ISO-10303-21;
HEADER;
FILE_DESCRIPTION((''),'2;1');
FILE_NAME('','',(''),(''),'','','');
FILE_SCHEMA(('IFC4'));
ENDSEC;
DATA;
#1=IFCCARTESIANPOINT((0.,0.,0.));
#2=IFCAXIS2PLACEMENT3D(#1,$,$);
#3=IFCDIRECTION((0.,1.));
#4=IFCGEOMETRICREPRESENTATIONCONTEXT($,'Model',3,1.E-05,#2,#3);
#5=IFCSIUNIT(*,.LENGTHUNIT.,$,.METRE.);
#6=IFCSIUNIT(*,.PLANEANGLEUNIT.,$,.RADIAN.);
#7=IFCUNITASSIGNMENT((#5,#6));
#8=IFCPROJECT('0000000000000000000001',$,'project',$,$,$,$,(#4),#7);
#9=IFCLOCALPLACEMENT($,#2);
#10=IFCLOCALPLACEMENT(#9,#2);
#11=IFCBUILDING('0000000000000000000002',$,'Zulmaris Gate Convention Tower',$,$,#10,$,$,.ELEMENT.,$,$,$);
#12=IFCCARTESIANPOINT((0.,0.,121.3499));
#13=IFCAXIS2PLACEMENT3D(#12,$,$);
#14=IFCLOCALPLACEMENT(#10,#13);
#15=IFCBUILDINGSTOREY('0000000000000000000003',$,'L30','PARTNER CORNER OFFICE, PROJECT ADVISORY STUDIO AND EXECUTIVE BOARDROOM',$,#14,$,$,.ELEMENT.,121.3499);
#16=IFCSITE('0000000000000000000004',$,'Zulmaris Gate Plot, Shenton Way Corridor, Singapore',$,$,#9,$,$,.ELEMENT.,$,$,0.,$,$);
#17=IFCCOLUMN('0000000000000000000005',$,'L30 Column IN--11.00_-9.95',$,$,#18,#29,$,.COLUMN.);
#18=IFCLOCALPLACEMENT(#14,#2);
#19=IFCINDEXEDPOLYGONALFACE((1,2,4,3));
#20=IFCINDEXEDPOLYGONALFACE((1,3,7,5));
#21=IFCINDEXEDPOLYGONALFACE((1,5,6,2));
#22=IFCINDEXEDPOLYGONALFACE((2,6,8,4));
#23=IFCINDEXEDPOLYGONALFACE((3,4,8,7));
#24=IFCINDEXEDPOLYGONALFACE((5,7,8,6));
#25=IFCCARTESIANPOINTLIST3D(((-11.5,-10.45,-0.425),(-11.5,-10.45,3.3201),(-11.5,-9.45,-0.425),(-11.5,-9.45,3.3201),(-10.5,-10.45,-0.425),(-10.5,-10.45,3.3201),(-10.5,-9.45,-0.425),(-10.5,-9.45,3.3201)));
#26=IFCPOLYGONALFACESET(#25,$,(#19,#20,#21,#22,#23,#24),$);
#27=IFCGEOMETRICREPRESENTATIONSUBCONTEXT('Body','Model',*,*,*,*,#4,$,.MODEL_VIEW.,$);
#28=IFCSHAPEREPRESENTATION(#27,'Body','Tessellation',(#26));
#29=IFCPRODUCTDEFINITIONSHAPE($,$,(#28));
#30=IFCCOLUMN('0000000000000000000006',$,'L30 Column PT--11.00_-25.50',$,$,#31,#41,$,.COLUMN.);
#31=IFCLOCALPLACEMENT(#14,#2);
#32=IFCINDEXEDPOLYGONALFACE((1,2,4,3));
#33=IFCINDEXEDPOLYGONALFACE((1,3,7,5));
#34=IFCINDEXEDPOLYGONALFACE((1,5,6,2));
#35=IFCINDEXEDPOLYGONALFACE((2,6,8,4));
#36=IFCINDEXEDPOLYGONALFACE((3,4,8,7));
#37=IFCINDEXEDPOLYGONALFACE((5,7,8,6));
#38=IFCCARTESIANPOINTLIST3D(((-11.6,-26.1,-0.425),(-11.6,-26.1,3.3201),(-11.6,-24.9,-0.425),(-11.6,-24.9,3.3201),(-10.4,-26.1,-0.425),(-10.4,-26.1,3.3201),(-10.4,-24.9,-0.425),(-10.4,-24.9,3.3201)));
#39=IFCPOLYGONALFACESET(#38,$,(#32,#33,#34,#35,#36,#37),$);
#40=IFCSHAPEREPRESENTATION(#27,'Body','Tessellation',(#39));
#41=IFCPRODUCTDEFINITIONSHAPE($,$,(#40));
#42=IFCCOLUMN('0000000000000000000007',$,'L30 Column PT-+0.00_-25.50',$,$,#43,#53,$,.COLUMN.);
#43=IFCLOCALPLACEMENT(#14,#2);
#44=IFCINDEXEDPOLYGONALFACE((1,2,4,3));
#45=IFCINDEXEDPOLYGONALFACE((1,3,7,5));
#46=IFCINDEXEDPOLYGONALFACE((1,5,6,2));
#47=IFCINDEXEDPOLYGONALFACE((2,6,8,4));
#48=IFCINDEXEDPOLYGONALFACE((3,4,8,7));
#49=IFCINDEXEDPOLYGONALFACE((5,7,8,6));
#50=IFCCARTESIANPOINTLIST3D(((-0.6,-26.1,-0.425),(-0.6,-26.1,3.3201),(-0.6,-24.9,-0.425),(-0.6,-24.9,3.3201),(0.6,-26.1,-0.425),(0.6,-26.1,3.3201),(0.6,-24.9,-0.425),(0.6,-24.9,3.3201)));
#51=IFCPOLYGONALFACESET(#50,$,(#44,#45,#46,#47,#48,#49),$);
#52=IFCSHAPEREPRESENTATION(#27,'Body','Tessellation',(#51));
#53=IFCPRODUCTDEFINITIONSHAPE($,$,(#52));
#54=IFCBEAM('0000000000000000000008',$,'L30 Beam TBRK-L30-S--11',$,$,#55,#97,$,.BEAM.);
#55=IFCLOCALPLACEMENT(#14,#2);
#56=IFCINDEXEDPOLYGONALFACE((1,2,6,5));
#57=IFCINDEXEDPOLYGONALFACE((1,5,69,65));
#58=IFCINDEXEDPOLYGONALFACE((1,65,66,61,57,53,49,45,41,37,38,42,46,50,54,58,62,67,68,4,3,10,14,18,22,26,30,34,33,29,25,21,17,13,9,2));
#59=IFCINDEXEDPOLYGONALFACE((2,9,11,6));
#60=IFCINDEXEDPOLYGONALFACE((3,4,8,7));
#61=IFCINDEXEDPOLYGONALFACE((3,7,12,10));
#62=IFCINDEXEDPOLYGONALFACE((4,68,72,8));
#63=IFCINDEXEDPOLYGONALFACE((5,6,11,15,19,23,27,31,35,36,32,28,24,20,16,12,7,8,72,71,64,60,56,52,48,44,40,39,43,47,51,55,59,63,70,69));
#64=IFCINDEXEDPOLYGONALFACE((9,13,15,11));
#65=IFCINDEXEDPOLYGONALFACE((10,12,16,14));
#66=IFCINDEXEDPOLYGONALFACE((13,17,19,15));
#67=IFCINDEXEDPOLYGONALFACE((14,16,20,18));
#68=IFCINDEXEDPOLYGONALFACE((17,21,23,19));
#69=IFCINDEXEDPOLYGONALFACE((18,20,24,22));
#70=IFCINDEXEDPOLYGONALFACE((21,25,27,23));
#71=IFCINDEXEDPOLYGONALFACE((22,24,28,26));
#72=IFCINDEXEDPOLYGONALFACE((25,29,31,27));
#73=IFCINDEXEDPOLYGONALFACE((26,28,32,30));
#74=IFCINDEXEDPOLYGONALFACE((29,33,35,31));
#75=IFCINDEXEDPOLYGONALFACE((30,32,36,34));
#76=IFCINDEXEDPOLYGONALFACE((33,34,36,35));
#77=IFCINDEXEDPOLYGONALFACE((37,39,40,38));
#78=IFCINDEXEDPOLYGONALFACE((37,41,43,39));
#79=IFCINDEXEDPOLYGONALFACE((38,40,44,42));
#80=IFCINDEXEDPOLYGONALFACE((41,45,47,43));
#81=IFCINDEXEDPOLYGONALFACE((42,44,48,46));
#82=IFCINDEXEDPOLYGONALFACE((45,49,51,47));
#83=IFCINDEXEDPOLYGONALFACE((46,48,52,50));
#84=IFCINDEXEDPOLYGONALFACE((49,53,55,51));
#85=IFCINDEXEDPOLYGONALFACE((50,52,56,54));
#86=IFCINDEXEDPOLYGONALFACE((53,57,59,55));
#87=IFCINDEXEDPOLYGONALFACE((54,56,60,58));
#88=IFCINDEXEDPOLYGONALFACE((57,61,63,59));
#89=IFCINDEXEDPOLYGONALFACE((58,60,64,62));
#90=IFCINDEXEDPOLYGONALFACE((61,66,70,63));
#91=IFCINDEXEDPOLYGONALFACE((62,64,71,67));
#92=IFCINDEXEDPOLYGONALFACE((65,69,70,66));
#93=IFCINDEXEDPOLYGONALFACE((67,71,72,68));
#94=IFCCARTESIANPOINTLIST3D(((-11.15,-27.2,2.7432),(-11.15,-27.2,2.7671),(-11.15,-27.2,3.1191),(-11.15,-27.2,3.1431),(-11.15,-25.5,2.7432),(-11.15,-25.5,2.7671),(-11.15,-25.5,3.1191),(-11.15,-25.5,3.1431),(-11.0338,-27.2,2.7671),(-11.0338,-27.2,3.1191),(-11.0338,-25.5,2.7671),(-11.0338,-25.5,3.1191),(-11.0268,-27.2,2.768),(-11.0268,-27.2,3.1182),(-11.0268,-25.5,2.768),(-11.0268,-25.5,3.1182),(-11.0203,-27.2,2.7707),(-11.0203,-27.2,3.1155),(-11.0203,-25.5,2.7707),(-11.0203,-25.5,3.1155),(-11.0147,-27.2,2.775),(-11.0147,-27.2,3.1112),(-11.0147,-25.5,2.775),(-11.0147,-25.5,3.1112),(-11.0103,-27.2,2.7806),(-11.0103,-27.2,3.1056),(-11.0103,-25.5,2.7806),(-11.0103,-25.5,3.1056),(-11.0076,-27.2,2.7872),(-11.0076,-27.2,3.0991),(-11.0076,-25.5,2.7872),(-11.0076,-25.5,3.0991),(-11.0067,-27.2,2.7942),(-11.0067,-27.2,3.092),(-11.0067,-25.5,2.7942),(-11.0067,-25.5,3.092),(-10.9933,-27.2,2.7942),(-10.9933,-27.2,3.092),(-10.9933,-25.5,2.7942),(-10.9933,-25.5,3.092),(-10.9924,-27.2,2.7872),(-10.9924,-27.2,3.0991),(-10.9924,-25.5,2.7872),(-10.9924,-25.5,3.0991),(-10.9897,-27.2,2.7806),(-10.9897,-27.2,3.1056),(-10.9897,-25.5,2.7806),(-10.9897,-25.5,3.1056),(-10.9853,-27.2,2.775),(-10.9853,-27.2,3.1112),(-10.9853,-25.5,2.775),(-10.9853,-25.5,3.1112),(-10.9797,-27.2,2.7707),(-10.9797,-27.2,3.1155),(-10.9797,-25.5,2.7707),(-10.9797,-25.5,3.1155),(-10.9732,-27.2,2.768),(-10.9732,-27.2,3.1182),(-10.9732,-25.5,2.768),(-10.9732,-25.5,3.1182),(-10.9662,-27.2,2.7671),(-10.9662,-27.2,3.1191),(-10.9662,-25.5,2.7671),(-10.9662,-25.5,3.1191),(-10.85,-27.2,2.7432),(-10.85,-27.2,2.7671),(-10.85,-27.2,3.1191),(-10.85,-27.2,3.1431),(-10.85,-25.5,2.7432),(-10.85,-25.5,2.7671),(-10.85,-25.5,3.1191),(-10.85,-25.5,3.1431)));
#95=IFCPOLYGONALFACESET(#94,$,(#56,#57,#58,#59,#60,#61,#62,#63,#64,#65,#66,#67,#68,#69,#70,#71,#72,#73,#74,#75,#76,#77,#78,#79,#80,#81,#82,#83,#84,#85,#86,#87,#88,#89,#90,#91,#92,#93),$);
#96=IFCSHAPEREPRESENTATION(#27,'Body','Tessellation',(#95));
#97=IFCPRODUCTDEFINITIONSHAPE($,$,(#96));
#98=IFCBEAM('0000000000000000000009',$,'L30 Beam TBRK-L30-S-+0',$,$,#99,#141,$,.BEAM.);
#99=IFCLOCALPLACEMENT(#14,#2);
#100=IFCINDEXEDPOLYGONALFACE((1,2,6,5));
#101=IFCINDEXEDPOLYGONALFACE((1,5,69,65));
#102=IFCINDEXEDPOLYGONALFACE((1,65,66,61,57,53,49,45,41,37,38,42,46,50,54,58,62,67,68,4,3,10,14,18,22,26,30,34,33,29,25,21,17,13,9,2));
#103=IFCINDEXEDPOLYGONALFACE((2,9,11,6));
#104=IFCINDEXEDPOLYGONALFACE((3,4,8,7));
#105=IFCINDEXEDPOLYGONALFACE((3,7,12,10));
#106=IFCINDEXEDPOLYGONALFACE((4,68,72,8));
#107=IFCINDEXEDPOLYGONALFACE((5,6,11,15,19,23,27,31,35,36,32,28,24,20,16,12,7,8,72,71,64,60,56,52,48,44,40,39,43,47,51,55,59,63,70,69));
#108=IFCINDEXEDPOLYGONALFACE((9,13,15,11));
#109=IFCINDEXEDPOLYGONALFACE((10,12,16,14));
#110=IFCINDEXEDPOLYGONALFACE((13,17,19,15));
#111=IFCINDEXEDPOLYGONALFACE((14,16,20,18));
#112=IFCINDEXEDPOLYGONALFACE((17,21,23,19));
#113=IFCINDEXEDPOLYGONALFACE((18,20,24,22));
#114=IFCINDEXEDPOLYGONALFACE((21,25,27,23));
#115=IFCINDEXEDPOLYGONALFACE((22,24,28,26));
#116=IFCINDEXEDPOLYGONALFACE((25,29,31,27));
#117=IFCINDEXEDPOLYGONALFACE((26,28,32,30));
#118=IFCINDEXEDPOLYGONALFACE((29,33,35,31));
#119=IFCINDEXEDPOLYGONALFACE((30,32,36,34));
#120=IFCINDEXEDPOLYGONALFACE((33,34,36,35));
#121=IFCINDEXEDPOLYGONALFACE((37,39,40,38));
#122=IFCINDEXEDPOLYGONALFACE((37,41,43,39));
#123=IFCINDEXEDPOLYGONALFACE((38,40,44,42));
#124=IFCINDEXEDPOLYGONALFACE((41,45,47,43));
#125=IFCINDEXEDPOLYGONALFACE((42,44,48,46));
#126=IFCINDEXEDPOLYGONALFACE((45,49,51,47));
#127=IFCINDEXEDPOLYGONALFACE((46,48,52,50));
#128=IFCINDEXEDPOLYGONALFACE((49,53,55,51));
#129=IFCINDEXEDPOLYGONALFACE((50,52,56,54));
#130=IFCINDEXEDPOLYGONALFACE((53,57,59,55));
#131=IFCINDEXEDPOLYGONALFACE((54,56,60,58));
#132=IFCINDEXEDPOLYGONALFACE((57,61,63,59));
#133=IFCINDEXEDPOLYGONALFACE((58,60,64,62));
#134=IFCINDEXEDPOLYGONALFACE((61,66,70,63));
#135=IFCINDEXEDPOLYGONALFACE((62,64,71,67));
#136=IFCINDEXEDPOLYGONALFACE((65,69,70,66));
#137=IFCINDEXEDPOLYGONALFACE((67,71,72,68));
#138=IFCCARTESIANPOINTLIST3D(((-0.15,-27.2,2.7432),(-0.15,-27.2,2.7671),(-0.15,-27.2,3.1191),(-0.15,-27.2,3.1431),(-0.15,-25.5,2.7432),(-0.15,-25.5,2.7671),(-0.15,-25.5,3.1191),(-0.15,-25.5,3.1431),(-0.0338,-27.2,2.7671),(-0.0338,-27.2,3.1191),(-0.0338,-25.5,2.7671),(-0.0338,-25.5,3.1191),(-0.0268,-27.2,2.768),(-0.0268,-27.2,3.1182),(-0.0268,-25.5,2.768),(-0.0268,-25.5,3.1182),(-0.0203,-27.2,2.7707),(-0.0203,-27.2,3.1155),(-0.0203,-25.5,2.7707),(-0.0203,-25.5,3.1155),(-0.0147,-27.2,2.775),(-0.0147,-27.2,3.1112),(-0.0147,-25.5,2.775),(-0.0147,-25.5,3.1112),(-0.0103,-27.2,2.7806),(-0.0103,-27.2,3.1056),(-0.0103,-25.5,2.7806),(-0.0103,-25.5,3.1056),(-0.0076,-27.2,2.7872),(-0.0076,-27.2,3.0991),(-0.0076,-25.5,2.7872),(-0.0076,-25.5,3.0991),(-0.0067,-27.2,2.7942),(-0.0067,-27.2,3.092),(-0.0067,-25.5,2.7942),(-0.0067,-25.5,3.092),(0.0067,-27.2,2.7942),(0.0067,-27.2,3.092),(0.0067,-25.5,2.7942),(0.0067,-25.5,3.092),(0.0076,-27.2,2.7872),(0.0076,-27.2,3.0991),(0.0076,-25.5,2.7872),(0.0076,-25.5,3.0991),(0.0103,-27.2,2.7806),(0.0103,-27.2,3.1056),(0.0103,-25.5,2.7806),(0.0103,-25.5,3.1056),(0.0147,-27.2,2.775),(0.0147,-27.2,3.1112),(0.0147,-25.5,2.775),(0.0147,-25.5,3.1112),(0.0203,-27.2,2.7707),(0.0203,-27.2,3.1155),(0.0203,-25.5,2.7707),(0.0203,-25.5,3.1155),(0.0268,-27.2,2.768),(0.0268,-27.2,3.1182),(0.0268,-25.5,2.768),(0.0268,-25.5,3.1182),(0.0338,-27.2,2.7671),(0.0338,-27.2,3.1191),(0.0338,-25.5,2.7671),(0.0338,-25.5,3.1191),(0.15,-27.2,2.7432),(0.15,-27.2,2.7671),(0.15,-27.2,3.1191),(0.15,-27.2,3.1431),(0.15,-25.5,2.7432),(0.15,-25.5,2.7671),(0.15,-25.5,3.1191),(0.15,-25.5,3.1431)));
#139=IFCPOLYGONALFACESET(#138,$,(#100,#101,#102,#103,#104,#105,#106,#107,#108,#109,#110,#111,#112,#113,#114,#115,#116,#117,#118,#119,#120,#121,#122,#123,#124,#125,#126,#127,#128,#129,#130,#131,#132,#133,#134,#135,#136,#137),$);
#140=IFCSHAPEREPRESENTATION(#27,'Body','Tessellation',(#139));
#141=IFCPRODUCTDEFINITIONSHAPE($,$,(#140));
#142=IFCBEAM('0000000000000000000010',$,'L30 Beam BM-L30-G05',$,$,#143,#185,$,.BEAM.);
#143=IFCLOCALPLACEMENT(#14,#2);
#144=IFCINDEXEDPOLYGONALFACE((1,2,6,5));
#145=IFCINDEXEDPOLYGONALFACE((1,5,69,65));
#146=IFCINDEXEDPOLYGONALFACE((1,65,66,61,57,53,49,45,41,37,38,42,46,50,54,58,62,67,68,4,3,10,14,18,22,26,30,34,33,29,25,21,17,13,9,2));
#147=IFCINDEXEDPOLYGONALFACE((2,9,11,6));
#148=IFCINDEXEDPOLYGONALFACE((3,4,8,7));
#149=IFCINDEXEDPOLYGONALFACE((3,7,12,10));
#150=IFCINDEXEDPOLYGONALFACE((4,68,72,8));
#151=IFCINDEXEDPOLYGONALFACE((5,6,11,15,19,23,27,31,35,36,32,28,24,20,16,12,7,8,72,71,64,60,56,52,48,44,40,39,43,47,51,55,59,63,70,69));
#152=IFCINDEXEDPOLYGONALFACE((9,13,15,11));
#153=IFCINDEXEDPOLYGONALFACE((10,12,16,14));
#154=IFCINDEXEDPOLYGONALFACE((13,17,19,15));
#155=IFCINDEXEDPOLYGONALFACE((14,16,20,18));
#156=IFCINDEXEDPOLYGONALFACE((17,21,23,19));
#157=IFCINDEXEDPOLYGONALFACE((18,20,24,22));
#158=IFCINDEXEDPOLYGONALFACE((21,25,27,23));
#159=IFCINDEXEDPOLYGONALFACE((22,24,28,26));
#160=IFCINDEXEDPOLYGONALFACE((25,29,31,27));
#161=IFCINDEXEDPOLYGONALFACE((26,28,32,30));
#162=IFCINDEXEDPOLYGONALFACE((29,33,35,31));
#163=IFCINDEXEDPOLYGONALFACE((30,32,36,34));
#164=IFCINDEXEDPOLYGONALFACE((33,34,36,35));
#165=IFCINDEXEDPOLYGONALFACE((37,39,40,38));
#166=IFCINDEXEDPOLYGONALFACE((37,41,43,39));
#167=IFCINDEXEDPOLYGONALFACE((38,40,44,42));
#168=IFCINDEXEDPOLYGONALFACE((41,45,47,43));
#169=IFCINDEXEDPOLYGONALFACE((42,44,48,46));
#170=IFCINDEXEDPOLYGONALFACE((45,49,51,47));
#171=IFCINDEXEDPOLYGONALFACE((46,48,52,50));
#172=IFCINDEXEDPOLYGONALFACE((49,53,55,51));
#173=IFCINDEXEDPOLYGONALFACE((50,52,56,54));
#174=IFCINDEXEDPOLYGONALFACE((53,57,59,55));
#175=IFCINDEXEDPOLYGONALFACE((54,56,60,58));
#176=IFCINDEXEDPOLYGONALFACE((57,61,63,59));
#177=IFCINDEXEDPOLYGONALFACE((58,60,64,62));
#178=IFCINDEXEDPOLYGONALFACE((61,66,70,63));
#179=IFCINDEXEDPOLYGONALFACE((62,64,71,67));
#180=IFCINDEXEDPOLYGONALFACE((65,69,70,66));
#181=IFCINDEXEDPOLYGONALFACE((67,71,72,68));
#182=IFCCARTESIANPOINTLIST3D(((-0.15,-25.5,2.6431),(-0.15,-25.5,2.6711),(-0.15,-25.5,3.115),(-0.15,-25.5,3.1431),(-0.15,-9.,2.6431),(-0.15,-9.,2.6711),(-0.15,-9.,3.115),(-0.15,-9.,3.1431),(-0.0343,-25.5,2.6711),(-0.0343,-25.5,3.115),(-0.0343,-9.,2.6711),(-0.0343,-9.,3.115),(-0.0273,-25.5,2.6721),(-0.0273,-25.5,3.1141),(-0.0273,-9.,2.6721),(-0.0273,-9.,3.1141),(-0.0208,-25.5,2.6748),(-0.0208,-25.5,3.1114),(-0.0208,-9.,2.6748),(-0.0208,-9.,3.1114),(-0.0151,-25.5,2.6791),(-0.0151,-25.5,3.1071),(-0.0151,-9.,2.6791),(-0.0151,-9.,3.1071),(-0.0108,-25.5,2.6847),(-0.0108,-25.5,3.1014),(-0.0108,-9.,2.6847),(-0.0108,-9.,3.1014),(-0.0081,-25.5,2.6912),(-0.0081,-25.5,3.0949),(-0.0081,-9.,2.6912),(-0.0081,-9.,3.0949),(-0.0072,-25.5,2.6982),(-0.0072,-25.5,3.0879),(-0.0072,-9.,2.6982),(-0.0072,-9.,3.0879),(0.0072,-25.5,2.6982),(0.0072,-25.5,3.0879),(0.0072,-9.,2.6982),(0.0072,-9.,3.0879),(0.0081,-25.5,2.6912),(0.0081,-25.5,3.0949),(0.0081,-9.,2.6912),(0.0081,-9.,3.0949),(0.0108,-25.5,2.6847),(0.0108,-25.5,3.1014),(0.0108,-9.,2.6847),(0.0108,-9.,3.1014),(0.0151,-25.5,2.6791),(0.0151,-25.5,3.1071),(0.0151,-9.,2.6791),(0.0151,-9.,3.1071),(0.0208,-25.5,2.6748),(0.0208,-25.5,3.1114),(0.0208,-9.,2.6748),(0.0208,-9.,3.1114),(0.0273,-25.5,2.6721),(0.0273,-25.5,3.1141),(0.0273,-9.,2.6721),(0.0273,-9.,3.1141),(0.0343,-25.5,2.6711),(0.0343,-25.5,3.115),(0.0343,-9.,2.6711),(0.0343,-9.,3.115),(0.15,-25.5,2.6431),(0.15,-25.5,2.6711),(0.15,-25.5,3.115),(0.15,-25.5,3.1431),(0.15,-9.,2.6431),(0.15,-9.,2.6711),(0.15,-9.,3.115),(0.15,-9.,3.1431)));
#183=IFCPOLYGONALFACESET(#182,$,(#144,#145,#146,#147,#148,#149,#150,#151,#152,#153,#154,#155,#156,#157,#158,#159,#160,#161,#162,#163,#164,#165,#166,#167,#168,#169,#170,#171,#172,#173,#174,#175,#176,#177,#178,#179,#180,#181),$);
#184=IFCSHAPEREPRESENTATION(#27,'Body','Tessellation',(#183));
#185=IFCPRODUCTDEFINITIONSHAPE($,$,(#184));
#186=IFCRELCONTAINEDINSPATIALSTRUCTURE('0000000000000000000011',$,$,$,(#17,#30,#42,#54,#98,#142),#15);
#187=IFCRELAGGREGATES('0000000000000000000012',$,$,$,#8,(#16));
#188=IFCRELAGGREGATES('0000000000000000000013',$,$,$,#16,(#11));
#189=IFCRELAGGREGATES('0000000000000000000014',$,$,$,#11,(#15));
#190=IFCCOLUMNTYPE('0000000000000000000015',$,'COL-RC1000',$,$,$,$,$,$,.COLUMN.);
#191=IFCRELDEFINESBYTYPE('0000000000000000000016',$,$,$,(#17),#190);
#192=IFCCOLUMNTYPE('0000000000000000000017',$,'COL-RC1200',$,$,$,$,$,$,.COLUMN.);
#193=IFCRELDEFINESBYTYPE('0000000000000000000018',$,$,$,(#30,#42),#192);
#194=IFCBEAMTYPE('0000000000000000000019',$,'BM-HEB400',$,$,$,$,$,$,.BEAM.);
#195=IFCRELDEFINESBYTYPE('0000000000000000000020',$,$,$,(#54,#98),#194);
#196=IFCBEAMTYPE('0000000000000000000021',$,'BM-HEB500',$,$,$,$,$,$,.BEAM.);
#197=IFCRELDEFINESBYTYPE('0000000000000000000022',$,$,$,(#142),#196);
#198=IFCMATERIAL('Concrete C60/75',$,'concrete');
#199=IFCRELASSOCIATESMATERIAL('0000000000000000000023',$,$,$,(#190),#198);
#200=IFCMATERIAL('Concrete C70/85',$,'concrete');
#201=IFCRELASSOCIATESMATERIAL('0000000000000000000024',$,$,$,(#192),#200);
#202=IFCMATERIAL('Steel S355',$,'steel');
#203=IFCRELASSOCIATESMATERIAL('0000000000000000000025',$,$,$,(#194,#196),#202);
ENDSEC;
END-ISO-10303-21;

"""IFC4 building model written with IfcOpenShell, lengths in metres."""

from ifc_helpers import new_model, si_unit, direction, frame, origin, origin_2d, place, context, subcontext, project, spatial, rectangle, i_section, extrude, material, material_profile, profile_set, type_object, element, save


model = new_model("IFC4")

# Units and contexts
model_context = context("Model", 3, precision=1e-05, world=origin(), true_north=direction((0.0, 1.0)))
body_context = subcontext(model_context, "Body", "Model", "MODEL_VIEW")
ifc_project = project(units=[si_unit("LENGTHUNIT", "METRE"), si_unit("PLANEANGLEUNIT", "RADIAN")], contexts=[model_context])

# Site, building, storey
site_placement = place(None, origin())
site = spatial("IfcSite", under=ifc_project, at=site_placement, Name="Zulmaris Gate Plot, Shenton Way Corridor, Singapore", CompositionType="ELEMENT", RefElevation=0.0)
building_placement = place(site_placement, origin())
building = spatial("IfcBuilding", under=site, at=building_placement, Name="Zulmaris Gate Convention Tower", CompositionType="ELEMENT")
storey_placement = place(building_placement, frame((0.0, 0.0, 121.3499)))
storey = spatial("IfcBuildingStorey", under=building, at=storey_placement, Name="L30", Description="PARTNER CORNER OFFICE, PROJECT ADVISORY STUDIO AND EXECUTIVE BOARDROOM", CompositionType="ELEMENT", Elevation=121.3499)

# Columns
ifc_material_1 = material(Name="Concrete C60/75", Category="concrete")
ifc_material_profile_1 = material_profile(ifc_material_1, rectangle(XDim=1.0, YDim=1.0, at=origin_2d()), Name="RC COL 1000x1000")
ifc_profile_set_1 = profile_set([ifc_material_profile_1], Name="Concrete C60/75")
column_type_1 = type_object("IfcColumnType", Name="COL-RC1000", PredefinedType="COLUMN", material=ifc_profile_set_1)
column_placement = place(storey_placement, frame((-11.0, -9.95, -0.425), z_axis=(0.0, 0.0, 1.0), x_axis=(1.0, 0.0, 0.0)))
element("IfcColumn", 1, at=column_placement, inside=storey, type_object=column_type_1, Name="L30 Column IN--11.00_-9.95", PredefinedType="COLUMN", context=body_context, shape_type="SweptSolid", body=[
    extrude(rectangle(XDim=1.0, YDim=1.0, at=origin_2d()), origin(), (0.0, 0.0, 1.0), 3.7451),
])
ifc_material_2 = material(Name="Concrete C70/85", Category="concrete")
ifc_material_profile_2 = material_profile(ifc_material_2, rectangle(XDim=1.2, YDim=1.2, at=origin_2d()), Name="RC COL 1200x1200")
ifc_profile_set_2 = profile_set([ifc_material_profile_2], Name="Concrete C70/85")
column_type_2 = type_object("IfcColumnType", Name="COL-RC1200", PredefinedType="COLUMN", material=ifc_profile_set_2)
for number, where, z_axis, x_axis, name in (
    (2, (-11.0, -25.5, -0.425), (0.0, 0.0, 1.0), (1.0, 0.0, 0.0), "L30 Column PT--11.00_-25.50"),
    (3, (0.0, -25.5, -0.425), (0.0, 0.0, 1.0), (1.0, 0.0, 0.0), "L30 Column PT-+0.00_-25.50"),
):
    element("IfcColumn", number, at=place(storey_placement, frame(where, z_axis=z_axis, x_axis=x_axis)), inside=storey, type_object=column_type_2, Name=name, PredefinedType="COLUMN", context=body_context, shape_type="SweptSolid", body=[
        extrude(rectangle(XDim=1.2, YDim=1.2, at=origin_2d()), origin(), (0.0, 0.0, 1.0), 3.7451),
    ])

# Beams
ifc_material_3 = material(Name="Steel S355", Category="steel")
ifc_material_profile_3 = material_profile(ifc_material_3, i_section(OverallWidth=0.3, OverallDepth=0.3999, WebThickness=0.0134, FlangeThickness=0.0239, FilletRadius=0.0271, at=origin_2d()), Name="HEB 400")
ifc_profile_set_3 = profile_set([ifc_material_profile_3], Name="Steel S355")
beam_type_1 = type_object("IfcBeamType", Name="BM-HEB400", PredefinedType="BEAM", material=ifc_profile_set_3)
for number, where, z_axis, x_axis, name in (
    (4, (-11.0, -27.2, 2.9431), (0.0, 1.0, 0.0), (-1.0, 0.0, 0.0), "L30 Beam TBRK-L30-S--11"),
    (5, (0.0, -27.2, 2.9431), (0.0, 1.0, 0.0), (-1.0, 0.0, 0.0), "L30 Beam TBRK-L30-S-+0"),
):
    element("IfcBeam", number, at=place(storey_placement, frame(where, z_axis=z_axis, x_axis=x_axis)), inside=storey, type_object=beam_type_1, Name=name, PredefinedType="BEAM", context=body_context, shape_type="SweptSolid", body=[
        extrude(i_section(OverallWidth=0.3, OverallDepth=0.3999, WebThickness=0.0134, FlangeThickness=0.0239, FilletRadius=0.0271, at=origin_2d()), origin(), (0.0, 0.0, 1.0), 1.7),
    ])
ifc_material_profile_4 = material_profile(ifc_material_3, i_section(OverallWidth=0.3, OverallDepth=0.5, WebThickness=0.0144, FlangeThickness=0.0281, FilletRadius=0.0271, at=origin_2d()), Name="HEB 500")
ifc_profile_set_4 = profile_set([ifc_material_profile_4], Name="Steel S355")
beam_type_2 = type_object("IfcBeamType", Name="BM-HEB500", PredefinedType="BEAM", material=ifc_profile_set_4)
beam_1_placement = place(storey_placement, frame((0.0, -25.5, 2.8931), z_axis=(0.0, 1.0, 0.0), x_axis=(-1.0, 0.0, 0.0)))
element("IfcBeam", 6, at=beam_1_placement, inside=storey, type_object=beam_type_2, Name="L30 Beam BM-L30-G05", PredefinedType="BEAM", context=body_context, shape_type="SweptSolid", body=[
    extrude(i_section(OverallWidth=0.3, OverallDepth=0.5, WebThickness=0.0144, FlangeThickness=0.0281, FilletRadius=0.0271, at=origin_2d()), origin(), (0.0, 0.0, 1.0), 16.5),
])

save(model, "model.ifc")
